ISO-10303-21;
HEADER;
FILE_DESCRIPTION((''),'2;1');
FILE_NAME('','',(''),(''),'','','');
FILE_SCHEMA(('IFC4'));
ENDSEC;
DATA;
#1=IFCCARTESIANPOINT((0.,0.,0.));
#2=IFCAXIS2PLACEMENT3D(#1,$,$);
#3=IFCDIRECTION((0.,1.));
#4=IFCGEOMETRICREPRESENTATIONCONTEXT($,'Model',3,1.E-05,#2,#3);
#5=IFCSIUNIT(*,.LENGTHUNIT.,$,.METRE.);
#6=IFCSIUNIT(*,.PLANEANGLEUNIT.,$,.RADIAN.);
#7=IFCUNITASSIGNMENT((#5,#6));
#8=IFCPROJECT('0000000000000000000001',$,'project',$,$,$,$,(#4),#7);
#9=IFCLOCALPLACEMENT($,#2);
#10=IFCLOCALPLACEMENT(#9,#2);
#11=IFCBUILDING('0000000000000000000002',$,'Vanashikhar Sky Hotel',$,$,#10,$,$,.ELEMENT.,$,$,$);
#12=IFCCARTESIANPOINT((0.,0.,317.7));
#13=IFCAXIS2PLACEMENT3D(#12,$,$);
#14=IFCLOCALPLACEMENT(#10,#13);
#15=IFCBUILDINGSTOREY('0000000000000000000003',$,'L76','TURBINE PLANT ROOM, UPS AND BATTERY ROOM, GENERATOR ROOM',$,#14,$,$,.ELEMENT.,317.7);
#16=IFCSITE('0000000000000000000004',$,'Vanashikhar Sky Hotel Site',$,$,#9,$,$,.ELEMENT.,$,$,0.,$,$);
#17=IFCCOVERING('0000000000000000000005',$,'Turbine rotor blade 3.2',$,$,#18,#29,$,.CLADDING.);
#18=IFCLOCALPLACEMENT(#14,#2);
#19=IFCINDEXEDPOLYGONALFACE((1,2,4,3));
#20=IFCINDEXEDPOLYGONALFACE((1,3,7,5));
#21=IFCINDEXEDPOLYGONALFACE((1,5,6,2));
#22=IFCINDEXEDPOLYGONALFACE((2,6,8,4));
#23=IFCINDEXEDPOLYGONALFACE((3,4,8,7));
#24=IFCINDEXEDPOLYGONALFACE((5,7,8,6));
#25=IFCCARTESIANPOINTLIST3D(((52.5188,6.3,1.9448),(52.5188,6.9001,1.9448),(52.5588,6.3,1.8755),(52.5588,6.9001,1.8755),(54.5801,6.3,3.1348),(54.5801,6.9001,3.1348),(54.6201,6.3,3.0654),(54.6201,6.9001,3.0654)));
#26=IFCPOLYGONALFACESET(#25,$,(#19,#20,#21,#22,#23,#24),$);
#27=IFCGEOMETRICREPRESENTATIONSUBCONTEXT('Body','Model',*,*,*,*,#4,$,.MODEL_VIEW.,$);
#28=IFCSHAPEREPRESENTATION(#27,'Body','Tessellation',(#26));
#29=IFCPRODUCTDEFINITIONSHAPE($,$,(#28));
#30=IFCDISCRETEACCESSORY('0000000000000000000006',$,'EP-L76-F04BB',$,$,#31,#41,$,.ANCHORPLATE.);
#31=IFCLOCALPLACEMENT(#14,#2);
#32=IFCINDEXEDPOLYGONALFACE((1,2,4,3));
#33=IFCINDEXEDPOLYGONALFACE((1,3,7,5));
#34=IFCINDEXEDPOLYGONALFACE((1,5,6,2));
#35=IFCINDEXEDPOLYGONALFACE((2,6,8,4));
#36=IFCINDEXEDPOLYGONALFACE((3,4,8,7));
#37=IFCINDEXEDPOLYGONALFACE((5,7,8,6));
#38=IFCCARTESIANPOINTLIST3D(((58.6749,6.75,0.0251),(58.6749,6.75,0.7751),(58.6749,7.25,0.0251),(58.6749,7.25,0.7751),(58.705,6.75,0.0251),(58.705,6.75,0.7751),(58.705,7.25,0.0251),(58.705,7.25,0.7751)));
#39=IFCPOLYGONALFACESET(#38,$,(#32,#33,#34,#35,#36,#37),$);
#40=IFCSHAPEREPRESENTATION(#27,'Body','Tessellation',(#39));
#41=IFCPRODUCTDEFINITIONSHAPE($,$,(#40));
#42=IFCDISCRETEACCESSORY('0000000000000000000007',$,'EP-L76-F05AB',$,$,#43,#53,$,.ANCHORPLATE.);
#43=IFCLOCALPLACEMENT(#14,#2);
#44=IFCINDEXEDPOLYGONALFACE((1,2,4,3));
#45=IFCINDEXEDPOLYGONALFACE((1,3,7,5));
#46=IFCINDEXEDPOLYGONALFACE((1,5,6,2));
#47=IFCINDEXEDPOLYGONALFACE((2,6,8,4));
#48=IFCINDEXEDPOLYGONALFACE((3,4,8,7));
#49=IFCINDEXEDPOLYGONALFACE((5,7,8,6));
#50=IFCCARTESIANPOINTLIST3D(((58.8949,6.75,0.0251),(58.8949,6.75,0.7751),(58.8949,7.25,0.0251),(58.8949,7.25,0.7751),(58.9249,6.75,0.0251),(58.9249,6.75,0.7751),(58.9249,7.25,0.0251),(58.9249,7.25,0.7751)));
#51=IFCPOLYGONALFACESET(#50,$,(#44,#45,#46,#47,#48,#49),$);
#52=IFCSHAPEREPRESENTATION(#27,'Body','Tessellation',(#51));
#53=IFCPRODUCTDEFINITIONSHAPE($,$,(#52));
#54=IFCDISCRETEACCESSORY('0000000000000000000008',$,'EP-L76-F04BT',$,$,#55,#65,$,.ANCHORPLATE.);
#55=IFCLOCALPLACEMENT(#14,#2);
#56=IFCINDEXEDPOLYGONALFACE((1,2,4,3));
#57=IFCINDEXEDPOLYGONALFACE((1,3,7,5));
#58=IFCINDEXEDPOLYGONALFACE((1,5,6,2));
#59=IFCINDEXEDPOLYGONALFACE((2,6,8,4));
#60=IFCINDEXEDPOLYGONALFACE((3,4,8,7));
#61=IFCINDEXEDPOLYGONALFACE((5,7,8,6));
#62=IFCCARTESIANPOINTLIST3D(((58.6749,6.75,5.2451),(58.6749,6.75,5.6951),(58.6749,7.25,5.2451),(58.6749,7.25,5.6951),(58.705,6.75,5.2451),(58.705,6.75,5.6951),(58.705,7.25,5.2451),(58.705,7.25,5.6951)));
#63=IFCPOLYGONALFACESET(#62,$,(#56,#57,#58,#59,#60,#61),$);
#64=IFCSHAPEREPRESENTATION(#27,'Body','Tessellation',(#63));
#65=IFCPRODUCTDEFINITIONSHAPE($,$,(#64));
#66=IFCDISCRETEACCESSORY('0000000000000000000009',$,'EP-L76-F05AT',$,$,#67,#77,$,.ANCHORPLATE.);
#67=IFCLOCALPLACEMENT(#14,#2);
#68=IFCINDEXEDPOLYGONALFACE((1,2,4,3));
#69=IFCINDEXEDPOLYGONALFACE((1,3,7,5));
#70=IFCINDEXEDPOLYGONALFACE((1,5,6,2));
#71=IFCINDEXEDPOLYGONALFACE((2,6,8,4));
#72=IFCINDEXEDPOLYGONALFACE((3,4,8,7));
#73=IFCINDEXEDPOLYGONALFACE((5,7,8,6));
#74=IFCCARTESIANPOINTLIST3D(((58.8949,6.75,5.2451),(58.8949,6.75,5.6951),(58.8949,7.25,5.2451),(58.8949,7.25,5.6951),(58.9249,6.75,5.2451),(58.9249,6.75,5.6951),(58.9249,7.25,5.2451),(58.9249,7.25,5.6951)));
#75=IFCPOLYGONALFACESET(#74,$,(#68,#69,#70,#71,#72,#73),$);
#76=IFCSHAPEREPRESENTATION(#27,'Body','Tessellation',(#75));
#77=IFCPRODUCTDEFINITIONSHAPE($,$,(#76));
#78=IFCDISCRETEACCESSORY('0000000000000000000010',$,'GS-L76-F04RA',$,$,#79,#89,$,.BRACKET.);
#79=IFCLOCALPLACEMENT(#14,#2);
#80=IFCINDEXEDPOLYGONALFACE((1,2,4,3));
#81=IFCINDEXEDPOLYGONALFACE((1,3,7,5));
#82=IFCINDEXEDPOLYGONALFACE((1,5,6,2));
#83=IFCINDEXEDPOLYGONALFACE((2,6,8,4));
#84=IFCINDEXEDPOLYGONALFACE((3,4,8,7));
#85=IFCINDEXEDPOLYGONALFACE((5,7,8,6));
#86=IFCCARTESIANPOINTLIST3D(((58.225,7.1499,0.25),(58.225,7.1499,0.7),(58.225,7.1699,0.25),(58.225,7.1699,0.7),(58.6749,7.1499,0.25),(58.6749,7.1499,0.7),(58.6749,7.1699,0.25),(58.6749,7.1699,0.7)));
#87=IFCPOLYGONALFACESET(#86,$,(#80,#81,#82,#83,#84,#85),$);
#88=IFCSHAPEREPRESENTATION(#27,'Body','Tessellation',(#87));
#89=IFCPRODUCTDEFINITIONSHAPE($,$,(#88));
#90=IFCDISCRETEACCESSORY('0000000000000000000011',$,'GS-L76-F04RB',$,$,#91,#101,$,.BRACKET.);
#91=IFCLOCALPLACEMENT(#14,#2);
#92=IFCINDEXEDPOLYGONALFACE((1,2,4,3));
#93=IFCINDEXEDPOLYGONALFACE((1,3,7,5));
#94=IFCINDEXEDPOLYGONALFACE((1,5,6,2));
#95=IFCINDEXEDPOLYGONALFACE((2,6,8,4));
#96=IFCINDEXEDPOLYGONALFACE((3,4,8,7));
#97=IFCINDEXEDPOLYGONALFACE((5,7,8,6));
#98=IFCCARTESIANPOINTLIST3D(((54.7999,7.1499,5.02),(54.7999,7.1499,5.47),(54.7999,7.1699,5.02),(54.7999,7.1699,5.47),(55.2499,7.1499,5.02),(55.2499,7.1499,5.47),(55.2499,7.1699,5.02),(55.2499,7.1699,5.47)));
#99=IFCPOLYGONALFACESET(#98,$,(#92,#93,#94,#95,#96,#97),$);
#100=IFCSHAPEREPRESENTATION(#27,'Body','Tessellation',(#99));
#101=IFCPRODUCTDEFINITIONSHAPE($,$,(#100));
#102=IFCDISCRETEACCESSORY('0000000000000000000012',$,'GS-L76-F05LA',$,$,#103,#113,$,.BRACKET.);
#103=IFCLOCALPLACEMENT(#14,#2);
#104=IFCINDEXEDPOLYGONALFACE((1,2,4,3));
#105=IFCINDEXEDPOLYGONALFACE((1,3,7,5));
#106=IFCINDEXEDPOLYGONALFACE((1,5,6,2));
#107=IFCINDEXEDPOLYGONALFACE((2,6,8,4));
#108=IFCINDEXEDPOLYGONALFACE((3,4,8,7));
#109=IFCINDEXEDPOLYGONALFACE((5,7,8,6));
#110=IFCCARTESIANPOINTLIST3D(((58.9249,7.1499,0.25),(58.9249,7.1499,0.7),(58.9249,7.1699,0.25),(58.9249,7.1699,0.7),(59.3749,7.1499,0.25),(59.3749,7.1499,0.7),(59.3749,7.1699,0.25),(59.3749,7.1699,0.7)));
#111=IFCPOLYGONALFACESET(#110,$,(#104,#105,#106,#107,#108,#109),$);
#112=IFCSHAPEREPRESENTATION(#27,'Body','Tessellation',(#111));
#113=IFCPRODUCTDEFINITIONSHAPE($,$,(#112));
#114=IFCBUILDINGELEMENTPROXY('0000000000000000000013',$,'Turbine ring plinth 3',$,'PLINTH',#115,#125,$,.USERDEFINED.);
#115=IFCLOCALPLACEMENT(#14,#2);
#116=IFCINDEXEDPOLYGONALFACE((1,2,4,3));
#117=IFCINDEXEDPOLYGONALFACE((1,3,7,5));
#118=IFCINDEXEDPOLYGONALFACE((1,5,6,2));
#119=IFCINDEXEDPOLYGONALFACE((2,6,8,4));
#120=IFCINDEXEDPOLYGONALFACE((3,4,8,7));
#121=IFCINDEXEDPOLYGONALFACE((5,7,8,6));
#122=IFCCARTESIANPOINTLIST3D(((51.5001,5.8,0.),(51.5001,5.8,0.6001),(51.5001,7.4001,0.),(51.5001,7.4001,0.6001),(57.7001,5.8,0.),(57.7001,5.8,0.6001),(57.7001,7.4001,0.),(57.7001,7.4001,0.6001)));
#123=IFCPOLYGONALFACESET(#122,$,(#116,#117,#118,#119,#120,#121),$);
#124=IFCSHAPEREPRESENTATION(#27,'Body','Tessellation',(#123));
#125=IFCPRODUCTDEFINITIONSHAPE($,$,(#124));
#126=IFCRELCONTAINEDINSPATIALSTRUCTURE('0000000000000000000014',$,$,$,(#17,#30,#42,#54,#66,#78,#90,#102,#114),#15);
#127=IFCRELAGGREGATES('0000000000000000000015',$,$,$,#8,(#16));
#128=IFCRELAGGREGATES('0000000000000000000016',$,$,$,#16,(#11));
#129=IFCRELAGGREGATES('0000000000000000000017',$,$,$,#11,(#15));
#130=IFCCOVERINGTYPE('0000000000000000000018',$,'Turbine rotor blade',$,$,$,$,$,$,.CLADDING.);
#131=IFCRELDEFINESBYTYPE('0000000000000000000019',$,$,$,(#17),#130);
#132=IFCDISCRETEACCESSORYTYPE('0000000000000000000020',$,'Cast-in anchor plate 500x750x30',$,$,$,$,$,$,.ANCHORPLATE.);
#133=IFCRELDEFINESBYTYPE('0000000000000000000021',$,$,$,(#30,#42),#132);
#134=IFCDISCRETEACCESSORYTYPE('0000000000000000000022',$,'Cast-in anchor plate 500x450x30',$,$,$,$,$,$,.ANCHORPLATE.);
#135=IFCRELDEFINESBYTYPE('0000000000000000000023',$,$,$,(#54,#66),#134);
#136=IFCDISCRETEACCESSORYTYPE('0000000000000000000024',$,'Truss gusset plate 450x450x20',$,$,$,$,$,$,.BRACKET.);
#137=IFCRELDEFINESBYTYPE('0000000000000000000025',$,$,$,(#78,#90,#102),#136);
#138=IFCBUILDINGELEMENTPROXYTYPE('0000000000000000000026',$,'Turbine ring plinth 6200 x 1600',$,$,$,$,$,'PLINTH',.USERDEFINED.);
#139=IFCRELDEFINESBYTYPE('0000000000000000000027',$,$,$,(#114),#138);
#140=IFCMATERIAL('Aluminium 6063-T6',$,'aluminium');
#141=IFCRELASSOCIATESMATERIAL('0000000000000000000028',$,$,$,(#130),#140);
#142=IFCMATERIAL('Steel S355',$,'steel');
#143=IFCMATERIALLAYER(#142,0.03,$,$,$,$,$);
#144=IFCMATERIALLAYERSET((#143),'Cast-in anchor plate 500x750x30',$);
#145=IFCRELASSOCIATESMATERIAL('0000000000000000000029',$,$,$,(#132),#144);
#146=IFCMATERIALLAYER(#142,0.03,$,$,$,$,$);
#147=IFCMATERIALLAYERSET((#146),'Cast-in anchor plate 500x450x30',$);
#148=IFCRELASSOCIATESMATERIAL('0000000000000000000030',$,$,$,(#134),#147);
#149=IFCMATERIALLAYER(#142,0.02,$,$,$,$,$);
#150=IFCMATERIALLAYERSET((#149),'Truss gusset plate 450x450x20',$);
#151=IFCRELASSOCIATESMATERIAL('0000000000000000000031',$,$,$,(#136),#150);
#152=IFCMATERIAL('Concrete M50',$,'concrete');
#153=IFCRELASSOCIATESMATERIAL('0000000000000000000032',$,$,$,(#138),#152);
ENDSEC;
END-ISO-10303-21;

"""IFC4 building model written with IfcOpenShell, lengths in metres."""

from ifc_helpers import new_model, si_unit, direction, frame, origin, origin_2d, place, context, subcontext, project, spatial, rectangle, extrude, source, transform, mapped, material, layer, layer_set, material_profile, profile_set, type_object, element, save


model = new_model("IFC4")

# Units and contexts
model_context = context("Model", 3, precision=1e-05, world=origin(), true_north=direction((0.0, 1.0)))
body_context = subcontext(model_context, "Body", "Model", "MODEL_VIEW")
ifc_project = project(units=[si_unit("LENGTHUNIT", "METRE"), si_unit("PLANEANGLEUNIT", "RADIAN")], contexts=[model_context])

# Site, building, storey
site_placement = place(None, origin())
site = spatial("IfcSite", under=ifc_project, at=site_placement, Name="Vanashikhar Sky Hotel Site", CompositionType="ELEMENT", RefElevation=0.0)
building_placement = place(site_placement, origin())
building = spatial("IfcBuilding", under=site, at=building_placement, Name="Vanashikhar Sky Hotel", CompositionType="ELEMENT")
storey_placement = place(building_placement, frame((0.0, 0.0, 317.7)))
storey = spatial("IfcBuildingStorey", under=building, at=storey_placement, Name="L76", Description="TURBINE PLANT ROOM, UPS AND BATTERY ROOM, GENERATOR ROOM", CompositionType="ELEMENT", Elevation=317.7)

# Shared definitions
ifc_material_1 = material(Name="Steel S355", Category="steel")

# Shared definitions
ifc_material_2 = material(Name="Concrete M50", Category="concrete")

# Covering
ifc_material_3 = material(Name="Aluminium 6063-T6", Category="aluminium")
ifc_material_profile_1 = material_profile(ifc_material_3, rectangle(XDim=0.6001, YDim=0.0801, at=origin_2d()))
ifc_profile_set_1 = profile_set([ifc_material_profile_1], Name="Turbine rotor blade")
covering_type_1 = type_object("IfcCoveringType", Name="Turbine rotor blade", PredefinedType="CLADDING", material=ifc_profile_set_1)
shared_shape_1 = source(origin(), body_context, "Body", "SweptSolid", [
    extrude(rectangle(XDim=0.6001, YDim=0.0801, at=origin_2d()), origin(), (0.0, 0.0, 1.0), 2.3801),
])
covering_1_placement = place(storey_placement, frame((54.6001, 6.6001, 3.1001), z_axis=(-0.866051, 0.0, -0.499956), x_axis=(0.0, -1.0, 0.0)))
element("IfcCovering", 1, at=covering_1_placement, inside=storey, type_object=covering_type_1, Name="Turbine rotor blade 3.2", PredefinedType="CLADDING", context=body_context, shape_type="MappedRepresentation", body=[
    mapped(shared_shape_1, transform((0.0, 0.0, 0.0), scale=1.0)),
])

# Discrete accessories
ifc_layer_1 = layer(ifc_material_1, 0.03)
ifc_layer_set_1 = layer_set([ifc_layer_1], Name="Cast-in anchor plate 500x750x30")
discrete_accessory_type_1 = type_object("IfcDiscreteAccessoryType", Name="Cast-in anchor plate 500x750x30", PredefinedType="ANCHORPLATE", material=ifc_layer_set_1)
shared_shape_2 = source(origin(), body_context, "Body", "SweptSolid", [
    extrude(rectangle(XDim=0.03, YDim=0.5, at=origin_2d()), origin(), (0.0, 0.0, 1.0), 0.75),
])
for number, where, z_axis, x_axis, name in (
    (2, (58.6899, 7.0, 0.0251), (0.0, 0.0, 1.0), (1.0, 0.0, 0.0), "EP-L76-F04BB"),
    (3, (58.9099, 7.0, 0.0251), (0.0, 0.0, 1.0), (1.0, 0.0, 0.0), "EP-L76-F05AB"),
):
    element("IfcDiscreteAccessory", number, at=place(storey_placement, frame(where, z_axis=z_axis, x_axis=x_axis)), inside=storey, type_object=discrete_accessory_type_1, Name=name, PredefinedType="ANCHORPLATE", context=body_context, shape_type="MappedRepresentation", body=[
        mapped(shared_shape_2, transform((0.0, 0.0, 0.0), scale=1.0)),
    ])
ifc_layer_2 = layer(ifc_material_1, 0.03)
ifc_layer_set_2 = layer_set([ifc_layer_2], Name="Cast-in anchor plate 500x450x30")
discrete_accessory_type_2 = type_object("IfcDiscreteAccessoryType", Name="Cast-in anchor plate 500x450x30", PredefinedType="ANCHORPLATE", material=ifc_layer_set_2)
shared_shape_3 = source(origin(), body_context, "Body", "SweptSolid", [
    extrude(rectangle(XDim=0.03, YDim=0.5, at=origin_2d()), origin(), (0.0, 0.0, 1.0), 0.45),
])
for number, where, z_axis, x_axis, name in (
    (4, (58.6899, 7.0, 5.2451), (0.0, 0.0, 1.0), (1.0, 0.0, 0.0), "EP-L76-F04BT"),
    (5, (58.9099, 7.0, 5.2451), (0.0, 0.0, 1.0), (1.0, 0.0, 0.0), "EP-L76-F05AT"),
):
    element("IfcDiscreteAccessory", number, at=place(storey_placement, frame(where, z_axis=z_axis, x_axis=x_axis)), inside=storey, type_object=discrete_accessory_type_2, Name=name, PredefinedType="ANCHORPLATE", context=body_context, shape_type="MappedRepresentation", body=[
        mapped(shared_shape_3, transform((0.0, 0.0, 0.0), scale=1.0)),
    ])
ifc_layer_3 = layer(ifc_material_1, 0.02)
ifc_layer_set_3 = layer_set([ifc_layer_3], Name="Truss gusset plate 450x450x20")
discrete_accessory_type_3 = type_object("IfcDiscreteAccessoryType", Name="Truss gusset plate 450x450x20", PredefinedType="BRACKET", material=ifc_layer_set_3)
shared_shape_4 = source(origin(), body_context, "Body", "SweptSolid", [
    extrude(rectangle(XDim=0.45, YDim=0.02, at=origin_2d()), origin(), (0.0, 0.0, 1.0), 0.45),
])
for number, where, z_axis, x_axis, name in (
    (6, (58.45, 7.1599, 0.25), (0.0, 0.0, 1.0), (1.0, 0.0, 0.0), "GS-L76-F04RA"),
    (7, (55.0249, 7.1599, 5.02), (0.0, 0.0, 1.0), (1.0, 0.0, 0.0), "GS-L76-F04RB"),
    (8, (59.1499, 7.1599, 0.25), (0.0, 0.0, 1.0), (1.0, 0.0, 0.0), "GS-L76-F05LA"),
):
    element("IfcDiscreteAccessory", number, at=place(storey_placement, frame(where, z_axis=z_axis, x_axis=x_axis)), inside=storey, type_object=discrete_accessory_type_3, Name=name, PredefinedType="BRACKET", context=body_context, shape_type="MappedRepresentation", body=[
        mapped(shared_shape_4, transform((0.0, 0.0, 0.0), scale=1.0)),
    ])

# Building element proxy
building_element_proxy_type = type_object("IfcBuildingElementProxyType", Name="Turbine ring plinth 6200 x 1600", ElementType="PLINTH", PredefinedType="USERDEFINED", material=ifc_material_2)
shared_shape_5 = source(origin(), body_context, "Body", "SweptSolid", [
    extrude(rectangle(XDim=6.2, YDim=1.6001, at=origin_2d()), origin(), (0.0, 0.0, 1.0), 0.6001),
])
proxy_placement = place(storey_placement, frame((54.6001, 6.6001, 0.0), z_axis=(0.0, 0.0, 1.0), x_axis=(1.0, 0.0, 0.0)))
element("IfcBuildingElementProxy", 9, at=proxy_placement, inside=storey, type_object=building_element_proxy_type, Name="Turbine ring plinth 3", ObjectType="PLINTH", PredefinedType="USERDEFINED", context=body_context, shape_type="MappedRepresentation", body=[
    mapped(shared_shape_5, transform((0.0, 0.0, 0.0), scale=1.0)),
])

save(model, "model.ifc")
